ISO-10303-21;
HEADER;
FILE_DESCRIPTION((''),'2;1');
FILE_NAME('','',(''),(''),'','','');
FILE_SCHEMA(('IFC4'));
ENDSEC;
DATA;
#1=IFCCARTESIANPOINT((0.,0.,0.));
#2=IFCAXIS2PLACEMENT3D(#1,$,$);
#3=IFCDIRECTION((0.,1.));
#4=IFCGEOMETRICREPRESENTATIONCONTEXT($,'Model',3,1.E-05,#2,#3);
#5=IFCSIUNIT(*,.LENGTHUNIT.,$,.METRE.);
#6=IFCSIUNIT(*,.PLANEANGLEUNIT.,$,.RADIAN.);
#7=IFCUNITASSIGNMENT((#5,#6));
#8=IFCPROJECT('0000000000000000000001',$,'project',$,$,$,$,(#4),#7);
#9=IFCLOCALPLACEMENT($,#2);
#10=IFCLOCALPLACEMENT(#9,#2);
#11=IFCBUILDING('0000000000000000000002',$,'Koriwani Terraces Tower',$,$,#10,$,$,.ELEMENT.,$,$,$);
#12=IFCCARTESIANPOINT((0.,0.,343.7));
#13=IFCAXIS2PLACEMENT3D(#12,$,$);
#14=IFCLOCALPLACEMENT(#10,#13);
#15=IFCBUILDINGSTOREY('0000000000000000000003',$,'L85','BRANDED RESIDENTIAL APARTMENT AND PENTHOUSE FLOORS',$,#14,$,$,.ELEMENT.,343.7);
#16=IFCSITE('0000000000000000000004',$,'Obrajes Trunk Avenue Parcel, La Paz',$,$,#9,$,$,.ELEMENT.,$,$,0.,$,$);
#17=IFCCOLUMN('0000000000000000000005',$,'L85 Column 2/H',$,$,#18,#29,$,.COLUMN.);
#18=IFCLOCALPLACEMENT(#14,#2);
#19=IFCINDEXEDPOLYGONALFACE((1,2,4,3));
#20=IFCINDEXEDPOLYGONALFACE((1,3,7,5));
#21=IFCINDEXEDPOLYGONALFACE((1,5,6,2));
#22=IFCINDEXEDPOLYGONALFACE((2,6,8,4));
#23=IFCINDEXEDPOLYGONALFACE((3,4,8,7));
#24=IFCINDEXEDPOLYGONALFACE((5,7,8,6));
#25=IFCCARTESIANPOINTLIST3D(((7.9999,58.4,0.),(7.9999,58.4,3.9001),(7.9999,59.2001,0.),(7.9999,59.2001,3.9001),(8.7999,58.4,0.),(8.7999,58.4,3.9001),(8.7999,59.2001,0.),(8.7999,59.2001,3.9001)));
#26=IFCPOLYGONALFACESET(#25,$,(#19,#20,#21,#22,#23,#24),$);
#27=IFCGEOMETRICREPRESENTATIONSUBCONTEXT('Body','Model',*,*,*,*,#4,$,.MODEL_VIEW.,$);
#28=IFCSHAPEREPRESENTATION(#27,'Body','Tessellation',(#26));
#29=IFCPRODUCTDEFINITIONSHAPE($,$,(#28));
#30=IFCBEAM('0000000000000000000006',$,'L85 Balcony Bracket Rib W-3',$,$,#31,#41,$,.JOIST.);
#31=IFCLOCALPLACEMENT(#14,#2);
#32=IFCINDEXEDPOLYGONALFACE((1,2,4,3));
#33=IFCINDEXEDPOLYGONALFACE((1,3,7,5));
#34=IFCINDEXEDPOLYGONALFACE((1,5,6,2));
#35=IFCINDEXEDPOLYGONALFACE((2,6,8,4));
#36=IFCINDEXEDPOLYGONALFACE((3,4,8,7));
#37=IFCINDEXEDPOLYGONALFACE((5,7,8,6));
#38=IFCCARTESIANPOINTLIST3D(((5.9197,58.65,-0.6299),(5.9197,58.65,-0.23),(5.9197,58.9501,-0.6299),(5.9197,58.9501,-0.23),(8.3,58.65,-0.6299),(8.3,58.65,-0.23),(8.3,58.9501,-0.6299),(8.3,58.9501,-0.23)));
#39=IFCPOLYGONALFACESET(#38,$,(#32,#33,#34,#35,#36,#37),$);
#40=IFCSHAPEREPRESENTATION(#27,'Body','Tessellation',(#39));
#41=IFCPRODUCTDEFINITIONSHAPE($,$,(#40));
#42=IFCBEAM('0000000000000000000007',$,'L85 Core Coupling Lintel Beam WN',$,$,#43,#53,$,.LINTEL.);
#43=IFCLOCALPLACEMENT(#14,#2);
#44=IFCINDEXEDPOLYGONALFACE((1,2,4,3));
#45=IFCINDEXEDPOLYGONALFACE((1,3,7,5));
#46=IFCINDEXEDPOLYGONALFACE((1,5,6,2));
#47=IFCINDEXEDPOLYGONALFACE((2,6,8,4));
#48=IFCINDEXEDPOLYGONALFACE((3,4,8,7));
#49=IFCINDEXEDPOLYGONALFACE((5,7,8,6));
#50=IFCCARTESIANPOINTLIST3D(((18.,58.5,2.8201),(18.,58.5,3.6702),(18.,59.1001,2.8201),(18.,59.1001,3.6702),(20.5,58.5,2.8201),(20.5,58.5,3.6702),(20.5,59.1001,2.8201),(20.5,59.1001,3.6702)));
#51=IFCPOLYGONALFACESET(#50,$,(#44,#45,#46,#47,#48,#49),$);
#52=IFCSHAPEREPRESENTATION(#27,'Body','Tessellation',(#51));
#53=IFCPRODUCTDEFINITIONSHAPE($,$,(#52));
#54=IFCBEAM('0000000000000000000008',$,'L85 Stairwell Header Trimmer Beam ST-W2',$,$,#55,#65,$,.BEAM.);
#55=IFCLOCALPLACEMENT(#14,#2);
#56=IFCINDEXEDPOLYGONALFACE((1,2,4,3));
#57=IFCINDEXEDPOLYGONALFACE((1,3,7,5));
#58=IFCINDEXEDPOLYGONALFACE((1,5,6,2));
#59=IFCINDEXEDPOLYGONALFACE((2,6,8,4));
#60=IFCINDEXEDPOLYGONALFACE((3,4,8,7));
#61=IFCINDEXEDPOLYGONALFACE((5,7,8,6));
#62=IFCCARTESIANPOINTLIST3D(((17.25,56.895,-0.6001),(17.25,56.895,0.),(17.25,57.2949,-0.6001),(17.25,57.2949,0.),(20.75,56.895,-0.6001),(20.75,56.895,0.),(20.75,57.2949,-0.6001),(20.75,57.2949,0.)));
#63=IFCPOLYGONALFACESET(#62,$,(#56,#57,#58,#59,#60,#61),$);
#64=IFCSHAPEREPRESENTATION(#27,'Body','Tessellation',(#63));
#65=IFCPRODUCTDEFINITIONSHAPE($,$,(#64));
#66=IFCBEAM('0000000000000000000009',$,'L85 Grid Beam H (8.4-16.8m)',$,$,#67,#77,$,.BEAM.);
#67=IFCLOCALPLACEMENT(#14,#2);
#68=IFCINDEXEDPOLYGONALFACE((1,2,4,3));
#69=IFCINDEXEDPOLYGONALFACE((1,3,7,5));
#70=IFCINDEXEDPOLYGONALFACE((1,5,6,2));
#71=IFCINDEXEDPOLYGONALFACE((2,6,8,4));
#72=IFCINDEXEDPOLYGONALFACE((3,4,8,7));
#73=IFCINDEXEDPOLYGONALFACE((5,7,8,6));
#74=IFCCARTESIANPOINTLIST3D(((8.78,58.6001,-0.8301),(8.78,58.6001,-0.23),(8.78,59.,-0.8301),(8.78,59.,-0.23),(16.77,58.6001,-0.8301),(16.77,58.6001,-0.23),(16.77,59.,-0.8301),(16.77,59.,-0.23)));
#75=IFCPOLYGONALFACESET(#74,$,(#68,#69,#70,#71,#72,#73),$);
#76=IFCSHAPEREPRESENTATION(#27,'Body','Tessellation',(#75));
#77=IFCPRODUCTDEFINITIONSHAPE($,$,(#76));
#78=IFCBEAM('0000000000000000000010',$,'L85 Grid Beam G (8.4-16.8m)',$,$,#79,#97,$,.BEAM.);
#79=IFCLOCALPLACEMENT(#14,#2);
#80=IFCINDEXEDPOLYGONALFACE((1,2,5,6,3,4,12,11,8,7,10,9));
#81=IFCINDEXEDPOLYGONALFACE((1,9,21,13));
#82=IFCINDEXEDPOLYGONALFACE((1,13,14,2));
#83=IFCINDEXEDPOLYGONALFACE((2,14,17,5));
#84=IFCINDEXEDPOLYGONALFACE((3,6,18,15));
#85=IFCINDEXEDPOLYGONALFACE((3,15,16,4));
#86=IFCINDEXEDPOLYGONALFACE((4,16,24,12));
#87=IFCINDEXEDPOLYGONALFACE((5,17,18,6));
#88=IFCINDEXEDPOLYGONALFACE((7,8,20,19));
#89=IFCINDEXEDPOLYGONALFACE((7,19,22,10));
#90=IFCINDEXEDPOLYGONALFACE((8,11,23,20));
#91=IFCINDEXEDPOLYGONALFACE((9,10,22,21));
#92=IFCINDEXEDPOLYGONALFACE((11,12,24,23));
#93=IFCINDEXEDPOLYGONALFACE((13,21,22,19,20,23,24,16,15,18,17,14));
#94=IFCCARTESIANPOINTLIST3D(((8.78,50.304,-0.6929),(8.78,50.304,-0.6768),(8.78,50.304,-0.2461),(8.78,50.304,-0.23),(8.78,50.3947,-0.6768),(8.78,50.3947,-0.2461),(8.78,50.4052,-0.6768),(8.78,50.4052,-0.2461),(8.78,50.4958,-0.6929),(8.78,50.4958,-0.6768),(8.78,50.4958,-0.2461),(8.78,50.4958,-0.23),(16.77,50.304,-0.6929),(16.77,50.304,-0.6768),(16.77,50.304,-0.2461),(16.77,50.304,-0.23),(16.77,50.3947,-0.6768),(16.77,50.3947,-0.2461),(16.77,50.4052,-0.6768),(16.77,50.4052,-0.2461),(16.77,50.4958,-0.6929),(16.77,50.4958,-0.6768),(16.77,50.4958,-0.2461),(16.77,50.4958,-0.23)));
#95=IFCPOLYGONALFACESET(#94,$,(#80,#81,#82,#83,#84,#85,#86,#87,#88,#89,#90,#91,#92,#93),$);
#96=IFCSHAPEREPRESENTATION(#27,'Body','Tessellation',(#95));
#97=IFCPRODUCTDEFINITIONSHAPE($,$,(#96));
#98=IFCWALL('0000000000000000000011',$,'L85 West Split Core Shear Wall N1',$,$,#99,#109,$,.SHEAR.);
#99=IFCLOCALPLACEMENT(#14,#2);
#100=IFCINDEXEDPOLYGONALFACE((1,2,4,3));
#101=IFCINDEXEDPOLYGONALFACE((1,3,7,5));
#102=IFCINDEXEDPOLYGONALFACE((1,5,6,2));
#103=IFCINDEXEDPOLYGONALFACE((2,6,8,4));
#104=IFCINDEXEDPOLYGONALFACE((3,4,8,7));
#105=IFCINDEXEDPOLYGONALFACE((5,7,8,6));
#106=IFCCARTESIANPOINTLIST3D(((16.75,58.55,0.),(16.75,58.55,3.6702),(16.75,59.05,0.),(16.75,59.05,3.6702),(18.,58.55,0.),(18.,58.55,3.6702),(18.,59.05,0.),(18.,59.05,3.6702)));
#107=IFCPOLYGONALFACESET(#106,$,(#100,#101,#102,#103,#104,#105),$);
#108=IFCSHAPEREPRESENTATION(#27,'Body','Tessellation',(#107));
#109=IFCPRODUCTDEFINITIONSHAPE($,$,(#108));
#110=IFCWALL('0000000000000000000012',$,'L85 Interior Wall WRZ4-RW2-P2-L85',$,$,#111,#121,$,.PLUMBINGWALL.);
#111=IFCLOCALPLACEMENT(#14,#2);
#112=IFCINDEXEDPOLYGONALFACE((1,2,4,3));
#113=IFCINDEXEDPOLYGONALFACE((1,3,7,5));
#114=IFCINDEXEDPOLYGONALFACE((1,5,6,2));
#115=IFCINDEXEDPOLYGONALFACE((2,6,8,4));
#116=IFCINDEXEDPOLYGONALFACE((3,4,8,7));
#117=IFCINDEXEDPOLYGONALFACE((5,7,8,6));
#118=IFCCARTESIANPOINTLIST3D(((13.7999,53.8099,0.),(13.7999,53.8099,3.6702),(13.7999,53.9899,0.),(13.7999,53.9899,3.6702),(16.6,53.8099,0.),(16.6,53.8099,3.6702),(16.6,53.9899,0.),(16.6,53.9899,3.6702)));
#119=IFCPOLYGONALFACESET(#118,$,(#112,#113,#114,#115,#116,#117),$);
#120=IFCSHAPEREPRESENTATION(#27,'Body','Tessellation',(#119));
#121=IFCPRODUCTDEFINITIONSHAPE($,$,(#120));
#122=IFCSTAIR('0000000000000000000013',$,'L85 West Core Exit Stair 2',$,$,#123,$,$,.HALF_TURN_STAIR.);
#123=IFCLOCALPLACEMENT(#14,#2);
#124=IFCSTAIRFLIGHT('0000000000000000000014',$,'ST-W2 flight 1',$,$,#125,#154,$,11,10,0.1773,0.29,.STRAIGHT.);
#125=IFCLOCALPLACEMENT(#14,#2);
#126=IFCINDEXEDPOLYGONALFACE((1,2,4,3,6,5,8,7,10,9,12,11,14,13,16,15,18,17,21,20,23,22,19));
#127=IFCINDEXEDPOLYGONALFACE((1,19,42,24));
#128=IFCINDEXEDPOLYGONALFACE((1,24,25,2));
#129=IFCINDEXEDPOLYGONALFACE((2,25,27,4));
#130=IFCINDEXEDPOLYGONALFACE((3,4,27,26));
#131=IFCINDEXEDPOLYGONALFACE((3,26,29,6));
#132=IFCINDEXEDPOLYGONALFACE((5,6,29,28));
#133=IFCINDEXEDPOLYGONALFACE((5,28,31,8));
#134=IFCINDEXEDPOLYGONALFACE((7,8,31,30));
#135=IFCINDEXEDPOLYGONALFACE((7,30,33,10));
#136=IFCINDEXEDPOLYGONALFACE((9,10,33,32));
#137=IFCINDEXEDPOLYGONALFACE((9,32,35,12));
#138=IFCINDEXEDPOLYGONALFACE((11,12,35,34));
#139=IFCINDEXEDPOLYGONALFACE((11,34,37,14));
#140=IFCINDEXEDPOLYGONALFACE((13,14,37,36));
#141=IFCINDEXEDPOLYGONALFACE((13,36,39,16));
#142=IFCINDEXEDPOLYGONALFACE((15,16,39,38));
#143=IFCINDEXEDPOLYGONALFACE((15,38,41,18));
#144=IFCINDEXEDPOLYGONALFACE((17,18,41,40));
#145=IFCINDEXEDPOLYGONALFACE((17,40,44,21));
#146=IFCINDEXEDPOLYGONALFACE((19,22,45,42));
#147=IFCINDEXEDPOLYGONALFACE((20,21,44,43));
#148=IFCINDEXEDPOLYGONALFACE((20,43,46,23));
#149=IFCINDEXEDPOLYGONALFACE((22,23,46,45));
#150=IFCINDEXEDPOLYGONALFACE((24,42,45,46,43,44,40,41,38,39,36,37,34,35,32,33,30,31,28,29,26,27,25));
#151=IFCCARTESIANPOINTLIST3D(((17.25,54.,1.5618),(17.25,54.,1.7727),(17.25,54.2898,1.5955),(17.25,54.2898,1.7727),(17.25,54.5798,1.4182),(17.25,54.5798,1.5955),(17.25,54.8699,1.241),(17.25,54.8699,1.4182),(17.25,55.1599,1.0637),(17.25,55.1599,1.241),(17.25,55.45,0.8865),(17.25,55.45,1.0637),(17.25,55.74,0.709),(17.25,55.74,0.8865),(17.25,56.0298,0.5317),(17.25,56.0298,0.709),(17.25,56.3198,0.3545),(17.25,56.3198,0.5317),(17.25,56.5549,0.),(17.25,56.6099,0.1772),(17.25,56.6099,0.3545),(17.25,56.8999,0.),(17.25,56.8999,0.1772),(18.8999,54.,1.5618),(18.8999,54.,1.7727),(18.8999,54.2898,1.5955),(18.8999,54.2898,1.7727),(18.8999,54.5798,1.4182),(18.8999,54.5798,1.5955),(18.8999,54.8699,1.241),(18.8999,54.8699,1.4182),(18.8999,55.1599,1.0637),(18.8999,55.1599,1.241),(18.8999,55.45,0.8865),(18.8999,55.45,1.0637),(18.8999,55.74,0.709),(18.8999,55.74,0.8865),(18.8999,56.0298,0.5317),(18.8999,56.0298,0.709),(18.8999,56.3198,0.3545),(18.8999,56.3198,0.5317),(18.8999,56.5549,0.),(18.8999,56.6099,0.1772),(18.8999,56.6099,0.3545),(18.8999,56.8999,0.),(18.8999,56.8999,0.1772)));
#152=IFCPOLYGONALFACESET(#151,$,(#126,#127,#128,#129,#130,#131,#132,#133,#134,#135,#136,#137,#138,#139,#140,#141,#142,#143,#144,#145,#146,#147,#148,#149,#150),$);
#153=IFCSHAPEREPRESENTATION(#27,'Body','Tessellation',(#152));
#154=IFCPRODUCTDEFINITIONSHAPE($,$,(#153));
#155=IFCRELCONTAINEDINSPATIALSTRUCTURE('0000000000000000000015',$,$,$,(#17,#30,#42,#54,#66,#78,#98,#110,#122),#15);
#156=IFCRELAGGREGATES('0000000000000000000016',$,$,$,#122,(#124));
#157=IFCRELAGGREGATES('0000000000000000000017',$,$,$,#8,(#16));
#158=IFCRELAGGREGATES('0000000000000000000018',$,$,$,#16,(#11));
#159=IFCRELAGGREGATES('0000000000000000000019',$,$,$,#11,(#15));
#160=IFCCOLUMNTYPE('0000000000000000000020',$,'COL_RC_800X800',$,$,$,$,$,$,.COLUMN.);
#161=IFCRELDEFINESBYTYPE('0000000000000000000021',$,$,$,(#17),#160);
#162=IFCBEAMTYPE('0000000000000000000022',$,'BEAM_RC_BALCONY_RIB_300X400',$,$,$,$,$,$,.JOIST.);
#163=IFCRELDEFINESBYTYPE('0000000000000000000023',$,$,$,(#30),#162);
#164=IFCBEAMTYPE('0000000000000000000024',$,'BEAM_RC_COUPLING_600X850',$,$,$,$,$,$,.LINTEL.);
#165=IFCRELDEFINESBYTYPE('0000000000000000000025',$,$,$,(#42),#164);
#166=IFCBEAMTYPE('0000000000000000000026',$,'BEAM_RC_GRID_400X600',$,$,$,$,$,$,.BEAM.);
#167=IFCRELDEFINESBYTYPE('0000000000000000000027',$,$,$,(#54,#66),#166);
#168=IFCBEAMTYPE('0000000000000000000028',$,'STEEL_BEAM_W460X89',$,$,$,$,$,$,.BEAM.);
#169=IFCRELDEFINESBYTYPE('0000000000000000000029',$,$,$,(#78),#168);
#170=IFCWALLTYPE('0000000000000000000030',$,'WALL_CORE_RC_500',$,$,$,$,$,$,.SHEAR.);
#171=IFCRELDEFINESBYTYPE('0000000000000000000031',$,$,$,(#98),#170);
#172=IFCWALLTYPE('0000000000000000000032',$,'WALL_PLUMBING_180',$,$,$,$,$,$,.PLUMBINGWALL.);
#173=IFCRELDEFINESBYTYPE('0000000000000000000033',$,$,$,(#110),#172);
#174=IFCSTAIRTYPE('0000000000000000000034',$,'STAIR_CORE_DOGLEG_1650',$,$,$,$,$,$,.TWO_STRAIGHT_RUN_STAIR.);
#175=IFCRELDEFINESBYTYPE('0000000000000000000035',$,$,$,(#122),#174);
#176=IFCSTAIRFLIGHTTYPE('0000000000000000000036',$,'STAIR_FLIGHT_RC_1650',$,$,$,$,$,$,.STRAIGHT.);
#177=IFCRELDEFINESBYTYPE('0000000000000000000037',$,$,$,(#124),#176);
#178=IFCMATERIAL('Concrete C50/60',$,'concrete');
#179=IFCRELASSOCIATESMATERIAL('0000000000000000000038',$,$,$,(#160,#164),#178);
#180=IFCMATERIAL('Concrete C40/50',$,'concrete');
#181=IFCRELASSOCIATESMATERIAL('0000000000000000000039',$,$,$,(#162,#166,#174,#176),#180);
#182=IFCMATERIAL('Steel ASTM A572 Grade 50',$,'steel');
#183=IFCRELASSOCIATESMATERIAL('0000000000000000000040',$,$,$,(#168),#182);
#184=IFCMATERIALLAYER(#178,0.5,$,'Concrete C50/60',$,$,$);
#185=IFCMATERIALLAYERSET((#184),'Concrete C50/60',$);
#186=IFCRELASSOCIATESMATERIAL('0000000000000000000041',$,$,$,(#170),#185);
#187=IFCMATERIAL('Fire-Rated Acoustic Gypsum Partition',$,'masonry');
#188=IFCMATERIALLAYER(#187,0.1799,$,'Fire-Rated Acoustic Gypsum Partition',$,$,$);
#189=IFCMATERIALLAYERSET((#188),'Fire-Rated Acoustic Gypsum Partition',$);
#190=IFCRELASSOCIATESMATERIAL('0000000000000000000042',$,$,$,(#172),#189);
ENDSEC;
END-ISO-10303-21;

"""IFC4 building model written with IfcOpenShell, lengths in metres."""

from ifc_helpers import new_model, si_unit, direction, frame, frame_2d, origin, origin_2d, place, context, subcontext, project, spatial, polyline, rectangle, i_section, outline, extrude, material, layer, layer_set, material_profile, profile_set, type_object, element, aggregate, save


model = new_model("IFC4")

# Units and contexts
model_context = context("Model", 3, precision=1e-05, world=origin(), true_north=direction((0.0, 1.0)))
body_context = subcontext(model_context, "Body", "Model", "MODEL_VIEW")
ifc_project = project(units=[si_unit("LENGTHUNIT", "METRE"), si_unit("PLANEANGLEUNIT", "RADIAN")], contexts=[model_context])

# Site, building, storey
site_placement = place(None, origin())
site = spatial("IfcSite", under=ifc_project, at=site_placement, Name="Obrajes Trunk Avenue Parcel, La Paz", CompositionType="ELEMENT", RefElevation=0.0)
building_placement = place(site_placement, origin())
building = spatial("IfcBuilding", under=site, at=building_placement, Name="Koriwani Terraces Tower", CompositionType="ELEMENT")
storey_placement = place(building_placement, frame((0.0, 0.0, 343.7)))
storey = spatial("IfcBuildingStorey", under=building, at=storey_placement, Name="L85", Description="BRANDED RESIDENTIAL APARTMENT AND PENTHOUSE FLOORS", CompositionType="ELEMENT", Elevation=343.7)

# Column
ifc_material_1 = material(Name="Concrete C50/60", Category="concrete")
ifc_material_profile_1 = material_profile(ifc_material_1, rectangle(XDim=0.8, YDim=0.8, at=origin_2d()), Name="Concrete C50/60", Category="LoadBearing")
ifc_profile_set_1 = profile_set([ifc_material_profile_1], Name="Concrete C50/60")
column_type = type_object("IfcColumnType", Name="COL_RC_800X800", PredefinedType="COLUMN", material=ifc_profile_set_1)
column_placement = place(storey_placement, frame((8.3999, 58.8, 0.0), z_axis=(0.0, 0.0, 1.0), x_axis=(1.0, 0.0, 0.0)))
element("IfcColumn", 1, at=column_placement, inside=storey, type_object=column_type, Name="L85 Column 2/H", PredefinedType="COLUMN", context=body_context, shape_type="SweptSolid", body=[
    extrude(rectangle(XDim=0.8, YDim=0.8, at=origin_2d()), origin(), (0.0, 0.0, 1.0), 3.9001),
])

# Beams
ifc_material_2 = material(Name="Concrete C40/50", Category="concrete")
ifc_material_profile_2 = material_profile(ifc_material_2, rectangle(XDim=0.3, YDim=0.3999, at=origin_2d()), Name="Concrete C40/50", Category="LoadBearing")
ifc_profile_set_2 = profile_set([ifc_material_profile_2], Name="Concrete C40/50")
beam_type_1 = type_object("IfcBeamType", Name="BEAM_RC_BALCONY_RIB_300X400", PredefinedType="JOIST", material=ifc_profile_set_2)
beam_1_placement = place(storey_placement, frame((5.9197, 58.8, -0.4299), z_axis=(1.0, 0.0, 0.0), x_axis=(0.0, 1.0, 0.0)))
element("IfcBeam", 2, at=beam_1_placement, inside=storey, type_object=beam_type_1, Name="L85 Balcony Bracket Rib W-3", PredefinedType="JOIST", context=body_context, shape_type="SweptSolid", body=[
    extrude(rectangle(XDim=0.3, YDim=0.3999, at=origin_2d()), origin(), (0.0, 0.0, 1.0), 2.3804),
])
ifc_material_profile_3 = material_profile(ifc_material_1, rectangle(XDim=0.6001, YDim=0.8501, at=origin_2d()), Name="Concrete C50/60", Category="LoadBearing")
ifc_profile_set_3 = profile_set([ifc_material_profile_3], Name="Concrete C50/60")
beam_type_2 = type_object("IfcBeamType", Name="BEAM_RC_COUPLING_600X850", PredefinedType="LINTEL", material=ifc_profile_set_3)
beam_2_placement = place(storey_placement, frame((18.0, 58.8, 3.2451), z_axis=(1.0, 0.0, 0.0), x_axis=(0.0, 1.0, 0.0)))
element("IfcBeam", 3, at=beam_2_placement, inside=storey, type_object=beam_type_2, Name="L85 Core Coupling Lintel Beam WN", PredefinedType="LINTEL", context=body_context, shape_type="SweptSolid", body=[
    extrude(rectangle(XDim=0.6001, YDim=0.8501, at=origin_2d()), origin(), (0.0, 0.0, 1.0), 2.5),
])
ifc_material_profile_4 = material_profile(ifc_material_2, rectangle(XDim=0.3999, YDim=0.6001, at=origin_2d()), Name="Concrete C40/50", Category="LoadBearing")
ifc_profile_set_4 = profile_set([ifc_material_profile_4], Name="Concrete C40/50")
beam_type_3 = type_object("IfcBeamType", Name="BEAM_RC_GRID_400X600", PredefinedType="BEAM", material=ifc_profile_set_4)
beam_3_placement = place(storey_placement, frame((17.25, 57.095, -0.3), z_axis=(1.0, 0.0, 0.0), x_axis=(0.0, 1.0, 0.0)))
element("IfcBeam", 4, at=beam_3_placement, inside=storey, type_object=beam_type_3, Name="L85 Stairwell Header Trimmer Beam ST-W2", PredefinedType="BEAM", context=body_context, shape_type="SweptSolid", body=[
    extrude(rectangle(XDim=0.3999, YDim=0.6001, at=origin_2d()), origin(), (0.0, 0.0, 1.0), 3.5),
])
beam_4_placement = place(storey_placement, frame((8.78, 58.8, -0.53), z_axis=(1.0, 0.0, 0.0), x_axis=(0.0, 1.0, 0.0)))
element("IfcBeam", 5, at=beam_4_placement, inside=storey, type_object=beam_type_3, Name="L85 Grid Beam H (8.4-16.8m)", PredefinedType="BEAM", context=body_context, shape_type="SweptSolid", body=[
    extrude(rectangle(XDim=0.3999, YDim=0.6001, at=origin_2d()), origin(), (0.0, 0.0, 1.0), 7.99),
])
ifc_material_3 = material(Name="Steel ASTM A572 Grade 50", Category="steel")
ifc_material_profile_5 = material_profile(ifc_material_3, i_section(OverallWidth=0.1919, OverallDepth=0.4629, WebThickness=0.0105, FlangeThickness=0.0161, at=origin_2d()), Name="Steel ASTM A572 Grade 50", Category="LoadBearing")
ifc_profile_set_5 = profile_set([ifc_material_profile_5], Name="Steel ASTM A572 Grade 50")
beam_type_4 = type_object("IfcBeamType", Name="STEEL_BEAM_W460X89", PredefinedType="BEAM", material=ifc_profile_set_5)
beam_5_placement = place(storey_placement, frame((8.78, 50.3999, -0.4614), z_axis=(1.0, 0.0, 0.0), x_axis=(0.0, 1.0, 0.0)))
element("IfcBeam", 6, at=beam_5_placement, inside=storey, type_object=beam_type_4, Name="L85 Grid Beam G (8.4-16.8m)", PredefinedType="BEAM", context=body_context, shape_type="SweptSolid", body=[
    extrude(i_section(OverallWidth=0.1919, OverallDepth=0.4629, WebThickness=0.0105, FlangeThickness=0.0161, at=origin_2d()), origin(), (0.0, 0.0, 1.0), 7.99),
])

# Walls
ifc_layer_1 = layer(ifc_material_1, 0.5, Name="Concrete C50/60")
ifc_layer_set_1 = layer_set([ifc_layer_1], Name="Concrete C50/60")
wall_type_1 = type_object("IfcWallType", Name="WALL_CORE_RC_500", PredefinedType="SHEAR", material=ifc_layer_set_1)
wall_1_placement = place(storey_placement, frame((16.75, 58.8, 0.0), z_axis=(0.0, 0.0, 1.0), x_axis=(1.0, 0.0, 0.0)))
element("IfcWall", 7, at=wall_1_placement, inside=storey, type_object=wall_type_1, Name="L85 West Split Core Shear Wall N1", PredefinedType="SHEAR", context=body_context, shape_type="SweptSolid", body=[
    extrude(rectangle(XDim=1.25, YDim=0.5, at=frame_2d((0.625, 0.0))), origin(), (0.0, 0.0, 1.0), 3.6702),
])
ifc_material_4 = material(Name="Fire-Rated Acoustic Gypsum Partition", Category="masonry")
ifc_layer_2 = layer(ifc_material_4, 0.1799, Name="Fire-Rated Acoustic Gypsum Partition")
ifc_layer_set_2 = layer_set([ifc_layer_2], Name="Fire-Rated Acoustic Gypsum Partition")
wall_type_2 = type_object("IfcWallType", Name="WALL_PLUMBING_180", PredefinedType="PLUMBINGWALL", material=ifc_layer_set_2)
wall_2_placement = place(storey_placement, frame((13.8, 53.8999, 0.0), z_axis=(0.0, 0.0, 1.0), x_axis=(1.0, 0.0, 0.0)))
element("IfcWall", 8, at=wall_2_placement, inside=storey, type_object=wall_type_2, Name="L85 Interior Wall WRZ4-RW2-P2-L85", PredefinedType="PLUMBINGWALL", context=body_context, shape_type="SweptSolid", body=[
    extrude(rectangle(XDim=2.8, YDim=0.1799, at=frame_2d((1.3999, 0.0))), origin(), (0.0, 0.0, 1.0), 3.6702),
])

# Stair, stair flight
stair_type = type_object("IfcStairType", Name="STAIR_CORE_DOGLEG_1650", PredefinedType="TWO_STRAIGHT_RUN_STAIR", material=ifc_material_2)
stair_placement = place(storey_placement, origin())
stair = element("IfcStair", 9, at=stair_placement, inside=storey, type_object=stair_type, Name="L85 West Core Exit Stair 2", PredefinedType="HALF_TURN_STAIR")
stair_flight_type = type_object("IfcStairFlightType", Name="STAIR_FLIGHT_RC_1650", PredefinedType="STRAIGHT", material=ifc_material_2)
stair_flight_1_placement = place(storey_placement, frame((18.075, 56.8999, 0.0), z_axis=(0.0, 0.0, 1.0), x_axis=(0.0, -1.0, 0.0)))
stair_flight_1 = element("IfcStairFlight", 10, at=stair_flight_1_placement, type_object=stair_flight_type, Name="ST-W2 flight 1", NumberOfRisers=11, NumberOfTreads=10, PredefinedType="STRAIGHT", RiserHeight=0.1773, TreadLength=0.29, context=body_context, shape_type="SweptSolid", body=[
    extrude(outline(polyline([(0.0, 0.0), (0.0, 0.1772), (0.29, 0.1772), (0.29, 0.3545), (0.5801, 0.3545), (0.5801, 0.5317), (0.8701, 0.5317), (0.8701, 0.709), (1.1599, 0.709), (1.1599, 0.8865), (1.45, 0.8865), (1.45, 1.0637), (1.74, 1.0637), (1.74, 1.241), (2.03, 1.241), (2.03, 1.4182), (2.3201, 1.4182), (2.3201, 1.5955), (2.6101, 1.5955), (2.6101, 1.7727), (2.8999, 1.7727), (2.8999, 1.95), (2.8999, 1.5618), (0.345, 0.0), (0.0, 0.0)])), frame((0.0, 0.825, 0.0), z_axis=(0.0, -1.0, 0.0), x_axis=(1.0, 0.0, 0.0)), (0.0, 0.0, 1.0), 1.6499),
])
aggregate(stair, [stair_flight_1])

save(model, "model.ifc")
